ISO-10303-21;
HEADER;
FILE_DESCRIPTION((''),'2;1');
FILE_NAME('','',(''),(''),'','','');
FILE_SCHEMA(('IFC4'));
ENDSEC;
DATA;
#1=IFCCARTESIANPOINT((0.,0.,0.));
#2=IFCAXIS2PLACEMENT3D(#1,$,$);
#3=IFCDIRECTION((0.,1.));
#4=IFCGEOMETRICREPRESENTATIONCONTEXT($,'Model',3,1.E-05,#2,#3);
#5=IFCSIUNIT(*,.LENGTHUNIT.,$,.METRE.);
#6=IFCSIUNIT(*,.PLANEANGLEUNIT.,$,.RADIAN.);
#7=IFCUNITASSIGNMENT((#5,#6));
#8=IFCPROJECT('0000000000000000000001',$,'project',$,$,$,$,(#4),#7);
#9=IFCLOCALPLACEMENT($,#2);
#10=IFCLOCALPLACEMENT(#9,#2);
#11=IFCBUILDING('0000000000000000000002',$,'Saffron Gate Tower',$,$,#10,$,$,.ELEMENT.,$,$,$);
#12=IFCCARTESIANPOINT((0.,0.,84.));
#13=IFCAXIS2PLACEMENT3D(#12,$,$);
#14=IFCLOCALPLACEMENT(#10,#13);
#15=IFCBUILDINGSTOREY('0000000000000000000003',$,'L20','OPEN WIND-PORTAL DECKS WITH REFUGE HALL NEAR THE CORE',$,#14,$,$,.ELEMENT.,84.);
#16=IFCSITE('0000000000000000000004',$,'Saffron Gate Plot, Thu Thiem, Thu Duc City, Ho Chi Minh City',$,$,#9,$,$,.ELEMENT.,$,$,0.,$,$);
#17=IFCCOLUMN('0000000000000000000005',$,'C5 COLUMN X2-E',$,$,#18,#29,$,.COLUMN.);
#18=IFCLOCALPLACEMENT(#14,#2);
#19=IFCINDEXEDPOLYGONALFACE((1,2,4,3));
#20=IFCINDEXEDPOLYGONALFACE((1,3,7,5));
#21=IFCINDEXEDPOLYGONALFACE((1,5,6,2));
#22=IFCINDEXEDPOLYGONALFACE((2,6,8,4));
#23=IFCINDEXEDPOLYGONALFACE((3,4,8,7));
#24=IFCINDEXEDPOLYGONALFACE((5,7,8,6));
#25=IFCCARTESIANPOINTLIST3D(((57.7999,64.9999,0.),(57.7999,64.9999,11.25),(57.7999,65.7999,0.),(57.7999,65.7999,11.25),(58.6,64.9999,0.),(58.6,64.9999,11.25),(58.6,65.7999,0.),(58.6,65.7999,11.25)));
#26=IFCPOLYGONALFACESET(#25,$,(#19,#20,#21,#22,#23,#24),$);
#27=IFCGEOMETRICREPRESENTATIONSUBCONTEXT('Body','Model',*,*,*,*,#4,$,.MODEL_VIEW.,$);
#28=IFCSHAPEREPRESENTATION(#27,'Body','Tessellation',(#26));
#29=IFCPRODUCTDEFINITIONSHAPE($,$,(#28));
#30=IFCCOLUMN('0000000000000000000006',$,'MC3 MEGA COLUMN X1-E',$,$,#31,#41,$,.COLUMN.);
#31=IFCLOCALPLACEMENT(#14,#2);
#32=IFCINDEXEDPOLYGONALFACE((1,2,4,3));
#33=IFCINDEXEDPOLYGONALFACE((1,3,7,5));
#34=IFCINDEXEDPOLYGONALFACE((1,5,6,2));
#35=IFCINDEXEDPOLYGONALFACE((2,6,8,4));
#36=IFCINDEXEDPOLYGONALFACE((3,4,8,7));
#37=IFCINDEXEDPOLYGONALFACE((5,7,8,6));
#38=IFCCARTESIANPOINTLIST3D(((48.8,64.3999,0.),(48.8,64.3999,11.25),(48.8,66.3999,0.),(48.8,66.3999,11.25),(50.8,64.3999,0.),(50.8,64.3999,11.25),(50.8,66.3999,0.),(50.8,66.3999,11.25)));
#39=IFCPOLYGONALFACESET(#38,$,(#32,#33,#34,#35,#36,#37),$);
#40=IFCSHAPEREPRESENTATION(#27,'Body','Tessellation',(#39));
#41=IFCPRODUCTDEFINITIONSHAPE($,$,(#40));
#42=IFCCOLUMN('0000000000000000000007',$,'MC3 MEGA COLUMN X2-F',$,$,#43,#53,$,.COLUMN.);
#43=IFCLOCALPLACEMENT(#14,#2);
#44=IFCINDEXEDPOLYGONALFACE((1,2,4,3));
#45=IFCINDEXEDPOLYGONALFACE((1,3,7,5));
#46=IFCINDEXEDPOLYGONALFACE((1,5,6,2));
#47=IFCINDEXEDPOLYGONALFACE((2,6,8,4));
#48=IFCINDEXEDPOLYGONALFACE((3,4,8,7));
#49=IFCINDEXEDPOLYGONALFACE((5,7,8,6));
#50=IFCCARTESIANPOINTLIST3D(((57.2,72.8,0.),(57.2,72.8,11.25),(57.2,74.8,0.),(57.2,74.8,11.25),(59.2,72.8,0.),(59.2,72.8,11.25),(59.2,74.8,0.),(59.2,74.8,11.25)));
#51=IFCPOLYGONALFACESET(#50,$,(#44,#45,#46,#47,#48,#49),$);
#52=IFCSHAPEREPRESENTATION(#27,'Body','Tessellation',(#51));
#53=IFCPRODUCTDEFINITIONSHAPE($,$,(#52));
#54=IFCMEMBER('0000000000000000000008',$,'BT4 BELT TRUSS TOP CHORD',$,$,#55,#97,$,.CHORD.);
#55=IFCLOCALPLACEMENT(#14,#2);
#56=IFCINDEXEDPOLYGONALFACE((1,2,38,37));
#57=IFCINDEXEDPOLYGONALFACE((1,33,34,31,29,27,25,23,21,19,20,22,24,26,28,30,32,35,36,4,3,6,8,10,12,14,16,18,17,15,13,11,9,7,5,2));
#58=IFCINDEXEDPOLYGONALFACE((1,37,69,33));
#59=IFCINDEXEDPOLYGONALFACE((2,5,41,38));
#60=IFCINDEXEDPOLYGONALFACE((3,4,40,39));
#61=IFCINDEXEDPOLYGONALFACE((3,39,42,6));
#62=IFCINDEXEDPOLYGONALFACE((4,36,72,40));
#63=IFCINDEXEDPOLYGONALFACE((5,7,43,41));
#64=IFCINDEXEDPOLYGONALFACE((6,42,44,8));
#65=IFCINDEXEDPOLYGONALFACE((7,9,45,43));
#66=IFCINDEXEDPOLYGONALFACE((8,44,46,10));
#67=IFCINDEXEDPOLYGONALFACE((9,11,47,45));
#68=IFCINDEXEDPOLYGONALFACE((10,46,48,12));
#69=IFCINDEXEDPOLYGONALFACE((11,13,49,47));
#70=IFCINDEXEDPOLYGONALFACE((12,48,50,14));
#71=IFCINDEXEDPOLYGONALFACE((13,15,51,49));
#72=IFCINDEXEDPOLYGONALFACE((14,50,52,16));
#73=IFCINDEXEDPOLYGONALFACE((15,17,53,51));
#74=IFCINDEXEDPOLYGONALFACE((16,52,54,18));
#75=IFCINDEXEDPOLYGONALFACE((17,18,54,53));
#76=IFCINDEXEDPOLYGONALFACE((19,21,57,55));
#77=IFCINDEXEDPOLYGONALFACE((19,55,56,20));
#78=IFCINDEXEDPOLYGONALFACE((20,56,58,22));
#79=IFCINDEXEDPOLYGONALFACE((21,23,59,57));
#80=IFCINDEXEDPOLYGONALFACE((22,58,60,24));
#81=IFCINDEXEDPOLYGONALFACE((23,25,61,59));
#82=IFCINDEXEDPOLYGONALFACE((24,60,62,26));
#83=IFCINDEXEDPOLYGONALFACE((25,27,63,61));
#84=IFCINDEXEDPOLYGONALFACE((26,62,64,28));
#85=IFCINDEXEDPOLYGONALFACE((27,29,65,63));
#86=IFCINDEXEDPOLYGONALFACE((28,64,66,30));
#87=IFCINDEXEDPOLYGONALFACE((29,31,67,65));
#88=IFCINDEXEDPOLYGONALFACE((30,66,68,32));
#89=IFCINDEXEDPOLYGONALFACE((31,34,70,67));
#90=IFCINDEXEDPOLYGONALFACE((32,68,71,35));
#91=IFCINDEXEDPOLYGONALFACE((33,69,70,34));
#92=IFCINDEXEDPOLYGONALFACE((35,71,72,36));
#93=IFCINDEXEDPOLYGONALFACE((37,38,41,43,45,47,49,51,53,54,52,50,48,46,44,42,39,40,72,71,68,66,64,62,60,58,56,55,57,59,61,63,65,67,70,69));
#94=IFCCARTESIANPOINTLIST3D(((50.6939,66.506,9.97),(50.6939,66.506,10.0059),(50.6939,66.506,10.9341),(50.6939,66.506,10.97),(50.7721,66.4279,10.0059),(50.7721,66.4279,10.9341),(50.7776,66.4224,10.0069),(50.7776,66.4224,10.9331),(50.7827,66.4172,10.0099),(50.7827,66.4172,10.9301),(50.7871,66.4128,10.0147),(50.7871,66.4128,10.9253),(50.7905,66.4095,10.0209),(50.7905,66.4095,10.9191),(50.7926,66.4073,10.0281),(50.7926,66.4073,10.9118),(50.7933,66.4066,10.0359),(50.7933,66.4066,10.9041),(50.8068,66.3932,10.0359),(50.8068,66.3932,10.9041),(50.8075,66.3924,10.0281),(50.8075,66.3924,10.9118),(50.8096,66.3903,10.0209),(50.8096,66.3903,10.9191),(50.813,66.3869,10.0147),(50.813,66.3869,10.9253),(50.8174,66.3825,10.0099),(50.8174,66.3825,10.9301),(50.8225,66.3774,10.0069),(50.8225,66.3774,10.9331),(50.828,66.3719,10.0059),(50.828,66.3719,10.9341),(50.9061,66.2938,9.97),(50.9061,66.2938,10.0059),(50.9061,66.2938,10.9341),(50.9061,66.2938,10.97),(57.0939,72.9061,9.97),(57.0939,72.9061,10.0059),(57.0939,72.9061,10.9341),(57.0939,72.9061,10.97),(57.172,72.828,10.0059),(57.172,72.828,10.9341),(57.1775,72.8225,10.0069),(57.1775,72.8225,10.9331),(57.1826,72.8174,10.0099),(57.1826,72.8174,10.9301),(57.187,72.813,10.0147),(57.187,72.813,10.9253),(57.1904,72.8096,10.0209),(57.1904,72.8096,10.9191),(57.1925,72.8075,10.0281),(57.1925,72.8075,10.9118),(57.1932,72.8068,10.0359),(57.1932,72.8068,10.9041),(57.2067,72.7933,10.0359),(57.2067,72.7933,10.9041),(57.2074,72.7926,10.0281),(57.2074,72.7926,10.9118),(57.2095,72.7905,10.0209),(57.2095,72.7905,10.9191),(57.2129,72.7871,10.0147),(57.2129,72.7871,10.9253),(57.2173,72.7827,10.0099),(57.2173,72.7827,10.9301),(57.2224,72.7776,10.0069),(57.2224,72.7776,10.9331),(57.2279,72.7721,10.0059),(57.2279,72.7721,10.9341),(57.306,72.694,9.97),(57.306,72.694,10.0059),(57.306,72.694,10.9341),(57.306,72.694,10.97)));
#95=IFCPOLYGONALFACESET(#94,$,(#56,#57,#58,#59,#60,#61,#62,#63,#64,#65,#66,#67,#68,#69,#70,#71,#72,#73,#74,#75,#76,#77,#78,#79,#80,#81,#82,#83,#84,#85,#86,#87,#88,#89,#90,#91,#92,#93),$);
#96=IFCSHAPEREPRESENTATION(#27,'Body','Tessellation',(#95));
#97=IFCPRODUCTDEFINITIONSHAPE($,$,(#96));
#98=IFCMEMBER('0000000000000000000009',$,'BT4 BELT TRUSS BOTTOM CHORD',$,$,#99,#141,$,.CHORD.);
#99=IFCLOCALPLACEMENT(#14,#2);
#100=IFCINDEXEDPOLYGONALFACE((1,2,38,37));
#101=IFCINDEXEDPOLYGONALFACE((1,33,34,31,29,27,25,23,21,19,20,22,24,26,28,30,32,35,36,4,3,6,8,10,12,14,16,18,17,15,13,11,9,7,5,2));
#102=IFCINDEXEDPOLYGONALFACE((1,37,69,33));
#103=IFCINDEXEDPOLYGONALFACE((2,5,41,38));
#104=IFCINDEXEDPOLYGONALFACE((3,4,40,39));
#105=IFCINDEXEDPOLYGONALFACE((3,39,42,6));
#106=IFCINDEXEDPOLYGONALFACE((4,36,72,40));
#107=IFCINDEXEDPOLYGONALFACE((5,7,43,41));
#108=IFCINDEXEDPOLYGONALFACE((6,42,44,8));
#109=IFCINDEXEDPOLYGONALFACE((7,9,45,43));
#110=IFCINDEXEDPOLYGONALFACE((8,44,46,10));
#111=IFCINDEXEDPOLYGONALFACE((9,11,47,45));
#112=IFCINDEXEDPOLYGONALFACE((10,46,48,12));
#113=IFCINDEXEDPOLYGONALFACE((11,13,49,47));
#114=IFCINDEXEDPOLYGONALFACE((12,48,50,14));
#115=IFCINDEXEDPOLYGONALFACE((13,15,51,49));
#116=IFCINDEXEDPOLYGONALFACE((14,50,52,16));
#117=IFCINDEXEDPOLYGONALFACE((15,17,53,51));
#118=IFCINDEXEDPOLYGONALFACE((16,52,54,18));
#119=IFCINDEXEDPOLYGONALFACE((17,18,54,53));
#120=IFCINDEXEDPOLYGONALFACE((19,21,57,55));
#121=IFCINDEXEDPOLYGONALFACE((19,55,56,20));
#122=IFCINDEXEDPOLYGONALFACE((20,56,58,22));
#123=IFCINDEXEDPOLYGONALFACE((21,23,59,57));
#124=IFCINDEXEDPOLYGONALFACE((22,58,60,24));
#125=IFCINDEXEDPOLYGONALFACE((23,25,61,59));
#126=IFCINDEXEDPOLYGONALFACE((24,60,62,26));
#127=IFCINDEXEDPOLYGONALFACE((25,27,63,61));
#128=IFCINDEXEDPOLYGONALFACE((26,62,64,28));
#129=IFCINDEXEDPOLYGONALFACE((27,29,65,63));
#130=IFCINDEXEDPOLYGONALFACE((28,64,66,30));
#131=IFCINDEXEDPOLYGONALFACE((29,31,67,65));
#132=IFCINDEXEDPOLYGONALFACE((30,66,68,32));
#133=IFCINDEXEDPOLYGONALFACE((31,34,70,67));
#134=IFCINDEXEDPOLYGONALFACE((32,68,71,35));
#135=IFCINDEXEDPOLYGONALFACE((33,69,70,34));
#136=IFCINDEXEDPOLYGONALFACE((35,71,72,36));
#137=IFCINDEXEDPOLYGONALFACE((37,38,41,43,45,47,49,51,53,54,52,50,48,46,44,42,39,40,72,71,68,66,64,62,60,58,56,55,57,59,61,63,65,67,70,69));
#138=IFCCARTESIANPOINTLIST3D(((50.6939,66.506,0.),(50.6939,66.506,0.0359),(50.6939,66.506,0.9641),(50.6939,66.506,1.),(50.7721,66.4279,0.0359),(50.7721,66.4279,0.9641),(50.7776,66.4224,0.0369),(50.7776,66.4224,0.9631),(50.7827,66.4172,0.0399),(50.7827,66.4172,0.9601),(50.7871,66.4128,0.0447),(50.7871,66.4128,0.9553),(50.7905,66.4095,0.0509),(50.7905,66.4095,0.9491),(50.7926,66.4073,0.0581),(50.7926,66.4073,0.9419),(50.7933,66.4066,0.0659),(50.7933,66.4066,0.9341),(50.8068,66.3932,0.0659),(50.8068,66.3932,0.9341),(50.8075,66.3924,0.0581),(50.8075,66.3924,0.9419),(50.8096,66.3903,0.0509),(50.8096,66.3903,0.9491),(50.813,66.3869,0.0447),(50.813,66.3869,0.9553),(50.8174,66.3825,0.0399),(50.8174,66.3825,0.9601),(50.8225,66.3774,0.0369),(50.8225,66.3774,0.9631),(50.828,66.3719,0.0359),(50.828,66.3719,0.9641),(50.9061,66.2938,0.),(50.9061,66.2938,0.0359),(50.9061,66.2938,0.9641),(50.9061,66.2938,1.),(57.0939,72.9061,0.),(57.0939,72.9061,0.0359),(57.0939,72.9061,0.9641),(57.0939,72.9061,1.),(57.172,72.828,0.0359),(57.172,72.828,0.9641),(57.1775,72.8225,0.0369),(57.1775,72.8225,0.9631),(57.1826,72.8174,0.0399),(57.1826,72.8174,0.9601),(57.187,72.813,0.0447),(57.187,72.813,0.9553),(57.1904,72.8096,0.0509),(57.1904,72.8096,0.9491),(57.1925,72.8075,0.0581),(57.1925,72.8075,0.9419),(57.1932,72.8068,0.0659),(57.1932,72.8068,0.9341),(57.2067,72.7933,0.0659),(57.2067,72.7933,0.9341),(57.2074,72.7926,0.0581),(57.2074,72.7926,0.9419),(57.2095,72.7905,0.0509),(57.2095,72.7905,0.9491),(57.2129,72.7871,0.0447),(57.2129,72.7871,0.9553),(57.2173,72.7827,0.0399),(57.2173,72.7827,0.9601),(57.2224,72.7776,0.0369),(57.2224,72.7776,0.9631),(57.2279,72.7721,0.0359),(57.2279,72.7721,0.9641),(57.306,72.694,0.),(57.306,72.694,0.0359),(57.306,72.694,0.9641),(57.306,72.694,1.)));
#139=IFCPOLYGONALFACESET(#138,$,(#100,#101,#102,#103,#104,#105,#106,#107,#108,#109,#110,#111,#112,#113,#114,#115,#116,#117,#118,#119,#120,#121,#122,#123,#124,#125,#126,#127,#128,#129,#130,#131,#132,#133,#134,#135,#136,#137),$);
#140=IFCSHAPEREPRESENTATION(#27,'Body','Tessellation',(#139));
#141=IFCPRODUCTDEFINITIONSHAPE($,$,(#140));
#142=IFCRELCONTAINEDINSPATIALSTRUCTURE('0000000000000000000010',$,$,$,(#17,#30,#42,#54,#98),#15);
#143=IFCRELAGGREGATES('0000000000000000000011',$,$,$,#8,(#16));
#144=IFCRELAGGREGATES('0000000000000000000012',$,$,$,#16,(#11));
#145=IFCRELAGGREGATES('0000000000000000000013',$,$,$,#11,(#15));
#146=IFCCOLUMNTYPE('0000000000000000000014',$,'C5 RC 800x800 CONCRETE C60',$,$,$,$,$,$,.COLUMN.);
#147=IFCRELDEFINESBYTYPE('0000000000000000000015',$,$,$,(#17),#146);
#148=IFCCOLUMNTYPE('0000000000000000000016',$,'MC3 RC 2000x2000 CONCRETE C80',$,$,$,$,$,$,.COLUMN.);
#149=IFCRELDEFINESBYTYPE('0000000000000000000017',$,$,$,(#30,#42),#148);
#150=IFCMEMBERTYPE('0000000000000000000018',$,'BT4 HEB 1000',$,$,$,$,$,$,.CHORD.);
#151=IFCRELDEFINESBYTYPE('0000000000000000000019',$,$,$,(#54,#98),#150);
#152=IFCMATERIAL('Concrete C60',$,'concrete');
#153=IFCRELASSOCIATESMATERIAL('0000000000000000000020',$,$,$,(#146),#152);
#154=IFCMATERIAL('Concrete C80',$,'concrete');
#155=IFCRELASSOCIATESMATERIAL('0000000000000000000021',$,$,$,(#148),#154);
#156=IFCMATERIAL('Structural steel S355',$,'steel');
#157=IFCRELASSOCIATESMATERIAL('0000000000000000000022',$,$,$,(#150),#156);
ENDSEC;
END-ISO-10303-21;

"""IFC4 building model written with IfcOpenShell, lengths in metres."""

from ifc_helpers import new_model, si_unit, direction, frame, origin, origin_2d, place, context, subcontext, project, spatial, rectangle, i_section, extrude, material, material_profile, profile_set, type_object, element, save


model = new_model("IFC4")

# Units and contexts
model_context = context("Model", 3, precision=1e-05, world=origin(), true_north=direction((0.0, 1.0)))
body_context = subcontext(model_context, "Body", "Model", "MODEL_VIEW")
ifc_project = project(units=[si_unit("LENGTHUNIT", "METRE"), si_unit("PLANEANGLEUNIT", "RADIAN")], contexts=[model_context])

# Site, building, storey
site_placement = place(None, origin())
site = spatial("IfcSite", under=ifc_project, at=site_placement, Name="Saffron Gate Plot, Thu Thiem, Thu Duc City, Ho Chi Minh City", CompositionType="ELEMENT", RefElevation=0.0)
building_placement = place(site_placement, origin())
building = spatial("IfcBuilding", under=site, at=building_placement, Name="Saffron Gate Tower", CompositionType="ELEMENT")
storey_placement = place(building_placement, frame((0.0, 0.0, 84.0)))
storey = spatial("IfcBuildingStorey", under=building, at=storey_placement, Name="L20", Description="OPEN WIND-PORTAL DECKS WITH REFUGE HALL NEAR THE CORE", CompositionType="ELEMENT", Elevation=84.0)

# Columns
ifc_material_1 = material(Name="Concrete C60", Category="concrete")
ifc_material_profile_1 = material_profile(ifc_material_1, rectangle(XDim=0.8, YDim=0.8, at=origin_2d()))
ifc_profile_set_1 = profile_set([ifc_material_profile_1], Name="Concrete C60")
column_type_1 = type_object("IfcColumnType", Name="C5 RC 800x800 CONCRETE C60", PredefinedType="COLUMN", material=ifc_profile_set_1)
column_placement = place(storey_placement, frame((58.2, 65.3999, 0.0), z_axis=(0.0, 0.0, 1.0), x_axis=(1.0, 0.0, 0.0)))
element("IfcColumn", 1, at=column_placement, inside=storey, type_object=column_type_1, Name="C5 COLUMN X2-E", PredefinedType="COLUMN", context=body_context, shape_type="SweptSolid", body=[
    extrude(rectangle(XDim=0.8, YDim=0.8, at=origin_2d()), origin(), (0.0, 0.0, 1.0), 11.25),
])
ifc_material_2 = material(Name="Concrete C80", Category="concrete")
ifc_material_profile_2 = material_profile(ifc_material_2, rectangle(XDim=2.0, YDim=2.0, at=origin_2d()))
ifc_profile_set_2 = profile_set([ifc_material_profile_2], Name="Concrete C80")
column_type_2 = type_object("IfcColumnType", Name="MC3 RC 2000x2000 CONCRETE C80", PredefinedType="COLUMN", material=ifc_profile_set_2)
for number, where, z_axis, x_axis, name in (
    (2, (49.8, 65.3999, 0.0), (0.0, 0.0, 1.0), (1.0, 0.0, 0.0), "MC3 MEGA COLUMN X1-E"),
    (3, (58.2, 73.8, 0.0), (0.0, 0.0, 1.0), (1.0, 0.0, 0.0), "MC3 MEGA COLUMN X2-F"),
):
    element("IfcColumn", number, at=place(storey_placement, frame(where, z_axis=z_axis, x_axis=x_axis)), inside=storey, type_object=column_type_2, Name=name, PredefinedType="COLUMN", context=body_context, shape_type="SweptSolid", body=[
        extrude(rectangle(XDim=2.0, YDim=2.0, at=origin_2d()), origin(), (0.0, 0.0, 1.0), 11.25),
    ])

# Members
ifc_material_3 = material(Name="Structural steel S355", Category="steel")
ifc_material_profile_3 = material_profile(ifc_material_3, i_section(OverallWidth=0.3, OverallDepth=1.0, WebThickness=0.019, FlangeThickness=0.0359, FilletRadius=0.03, at=origin_2d()))
ifc_profile_set_3 = profile_set([ifc_material_profile_3], Name="Structural steel S355")
member_type_1 = type_object("IfcMemberType", Name="BT4 HEB 1000", PredefinedType="CHORD", material=ifc_profile_set_3)
for number, where, z_axis, x_axis, name in (
    (4, (57.2, 72.8, 10.47), (-0.707093, -0.70712, 0.0), (0.70712, -0.707093, 0.0), "BT4 BELT TRUSS TOP CHORD"),
    (5, (57.2, 72.8, 0.5), (-0.707093, -0.70712, 0.0), (0.70712, -0.707093, 0.0), "BT4 BELT TRUSS BOTTOM CHORD"),
):
    element("IfcMember", number, at=place(storey_placement, frame(where, z_axis=z_axis, x_axis=x_axis)), inside=storey, type_object=member_type_1, Name=name, PredefinedType="CHORD", context=body_context, shape_type="SweptSolid", body=[
        extrude(i_section(OverallWidth=0.3, OverallDepth=1.0, WebThickness=0.019, FlangeThickness=0.0359, FilletRadius=0.03, at=origin_2d()), origin(), (0.0, 0.0, 1.0), 9.051),
    ])

save(model, "model.ifc")
